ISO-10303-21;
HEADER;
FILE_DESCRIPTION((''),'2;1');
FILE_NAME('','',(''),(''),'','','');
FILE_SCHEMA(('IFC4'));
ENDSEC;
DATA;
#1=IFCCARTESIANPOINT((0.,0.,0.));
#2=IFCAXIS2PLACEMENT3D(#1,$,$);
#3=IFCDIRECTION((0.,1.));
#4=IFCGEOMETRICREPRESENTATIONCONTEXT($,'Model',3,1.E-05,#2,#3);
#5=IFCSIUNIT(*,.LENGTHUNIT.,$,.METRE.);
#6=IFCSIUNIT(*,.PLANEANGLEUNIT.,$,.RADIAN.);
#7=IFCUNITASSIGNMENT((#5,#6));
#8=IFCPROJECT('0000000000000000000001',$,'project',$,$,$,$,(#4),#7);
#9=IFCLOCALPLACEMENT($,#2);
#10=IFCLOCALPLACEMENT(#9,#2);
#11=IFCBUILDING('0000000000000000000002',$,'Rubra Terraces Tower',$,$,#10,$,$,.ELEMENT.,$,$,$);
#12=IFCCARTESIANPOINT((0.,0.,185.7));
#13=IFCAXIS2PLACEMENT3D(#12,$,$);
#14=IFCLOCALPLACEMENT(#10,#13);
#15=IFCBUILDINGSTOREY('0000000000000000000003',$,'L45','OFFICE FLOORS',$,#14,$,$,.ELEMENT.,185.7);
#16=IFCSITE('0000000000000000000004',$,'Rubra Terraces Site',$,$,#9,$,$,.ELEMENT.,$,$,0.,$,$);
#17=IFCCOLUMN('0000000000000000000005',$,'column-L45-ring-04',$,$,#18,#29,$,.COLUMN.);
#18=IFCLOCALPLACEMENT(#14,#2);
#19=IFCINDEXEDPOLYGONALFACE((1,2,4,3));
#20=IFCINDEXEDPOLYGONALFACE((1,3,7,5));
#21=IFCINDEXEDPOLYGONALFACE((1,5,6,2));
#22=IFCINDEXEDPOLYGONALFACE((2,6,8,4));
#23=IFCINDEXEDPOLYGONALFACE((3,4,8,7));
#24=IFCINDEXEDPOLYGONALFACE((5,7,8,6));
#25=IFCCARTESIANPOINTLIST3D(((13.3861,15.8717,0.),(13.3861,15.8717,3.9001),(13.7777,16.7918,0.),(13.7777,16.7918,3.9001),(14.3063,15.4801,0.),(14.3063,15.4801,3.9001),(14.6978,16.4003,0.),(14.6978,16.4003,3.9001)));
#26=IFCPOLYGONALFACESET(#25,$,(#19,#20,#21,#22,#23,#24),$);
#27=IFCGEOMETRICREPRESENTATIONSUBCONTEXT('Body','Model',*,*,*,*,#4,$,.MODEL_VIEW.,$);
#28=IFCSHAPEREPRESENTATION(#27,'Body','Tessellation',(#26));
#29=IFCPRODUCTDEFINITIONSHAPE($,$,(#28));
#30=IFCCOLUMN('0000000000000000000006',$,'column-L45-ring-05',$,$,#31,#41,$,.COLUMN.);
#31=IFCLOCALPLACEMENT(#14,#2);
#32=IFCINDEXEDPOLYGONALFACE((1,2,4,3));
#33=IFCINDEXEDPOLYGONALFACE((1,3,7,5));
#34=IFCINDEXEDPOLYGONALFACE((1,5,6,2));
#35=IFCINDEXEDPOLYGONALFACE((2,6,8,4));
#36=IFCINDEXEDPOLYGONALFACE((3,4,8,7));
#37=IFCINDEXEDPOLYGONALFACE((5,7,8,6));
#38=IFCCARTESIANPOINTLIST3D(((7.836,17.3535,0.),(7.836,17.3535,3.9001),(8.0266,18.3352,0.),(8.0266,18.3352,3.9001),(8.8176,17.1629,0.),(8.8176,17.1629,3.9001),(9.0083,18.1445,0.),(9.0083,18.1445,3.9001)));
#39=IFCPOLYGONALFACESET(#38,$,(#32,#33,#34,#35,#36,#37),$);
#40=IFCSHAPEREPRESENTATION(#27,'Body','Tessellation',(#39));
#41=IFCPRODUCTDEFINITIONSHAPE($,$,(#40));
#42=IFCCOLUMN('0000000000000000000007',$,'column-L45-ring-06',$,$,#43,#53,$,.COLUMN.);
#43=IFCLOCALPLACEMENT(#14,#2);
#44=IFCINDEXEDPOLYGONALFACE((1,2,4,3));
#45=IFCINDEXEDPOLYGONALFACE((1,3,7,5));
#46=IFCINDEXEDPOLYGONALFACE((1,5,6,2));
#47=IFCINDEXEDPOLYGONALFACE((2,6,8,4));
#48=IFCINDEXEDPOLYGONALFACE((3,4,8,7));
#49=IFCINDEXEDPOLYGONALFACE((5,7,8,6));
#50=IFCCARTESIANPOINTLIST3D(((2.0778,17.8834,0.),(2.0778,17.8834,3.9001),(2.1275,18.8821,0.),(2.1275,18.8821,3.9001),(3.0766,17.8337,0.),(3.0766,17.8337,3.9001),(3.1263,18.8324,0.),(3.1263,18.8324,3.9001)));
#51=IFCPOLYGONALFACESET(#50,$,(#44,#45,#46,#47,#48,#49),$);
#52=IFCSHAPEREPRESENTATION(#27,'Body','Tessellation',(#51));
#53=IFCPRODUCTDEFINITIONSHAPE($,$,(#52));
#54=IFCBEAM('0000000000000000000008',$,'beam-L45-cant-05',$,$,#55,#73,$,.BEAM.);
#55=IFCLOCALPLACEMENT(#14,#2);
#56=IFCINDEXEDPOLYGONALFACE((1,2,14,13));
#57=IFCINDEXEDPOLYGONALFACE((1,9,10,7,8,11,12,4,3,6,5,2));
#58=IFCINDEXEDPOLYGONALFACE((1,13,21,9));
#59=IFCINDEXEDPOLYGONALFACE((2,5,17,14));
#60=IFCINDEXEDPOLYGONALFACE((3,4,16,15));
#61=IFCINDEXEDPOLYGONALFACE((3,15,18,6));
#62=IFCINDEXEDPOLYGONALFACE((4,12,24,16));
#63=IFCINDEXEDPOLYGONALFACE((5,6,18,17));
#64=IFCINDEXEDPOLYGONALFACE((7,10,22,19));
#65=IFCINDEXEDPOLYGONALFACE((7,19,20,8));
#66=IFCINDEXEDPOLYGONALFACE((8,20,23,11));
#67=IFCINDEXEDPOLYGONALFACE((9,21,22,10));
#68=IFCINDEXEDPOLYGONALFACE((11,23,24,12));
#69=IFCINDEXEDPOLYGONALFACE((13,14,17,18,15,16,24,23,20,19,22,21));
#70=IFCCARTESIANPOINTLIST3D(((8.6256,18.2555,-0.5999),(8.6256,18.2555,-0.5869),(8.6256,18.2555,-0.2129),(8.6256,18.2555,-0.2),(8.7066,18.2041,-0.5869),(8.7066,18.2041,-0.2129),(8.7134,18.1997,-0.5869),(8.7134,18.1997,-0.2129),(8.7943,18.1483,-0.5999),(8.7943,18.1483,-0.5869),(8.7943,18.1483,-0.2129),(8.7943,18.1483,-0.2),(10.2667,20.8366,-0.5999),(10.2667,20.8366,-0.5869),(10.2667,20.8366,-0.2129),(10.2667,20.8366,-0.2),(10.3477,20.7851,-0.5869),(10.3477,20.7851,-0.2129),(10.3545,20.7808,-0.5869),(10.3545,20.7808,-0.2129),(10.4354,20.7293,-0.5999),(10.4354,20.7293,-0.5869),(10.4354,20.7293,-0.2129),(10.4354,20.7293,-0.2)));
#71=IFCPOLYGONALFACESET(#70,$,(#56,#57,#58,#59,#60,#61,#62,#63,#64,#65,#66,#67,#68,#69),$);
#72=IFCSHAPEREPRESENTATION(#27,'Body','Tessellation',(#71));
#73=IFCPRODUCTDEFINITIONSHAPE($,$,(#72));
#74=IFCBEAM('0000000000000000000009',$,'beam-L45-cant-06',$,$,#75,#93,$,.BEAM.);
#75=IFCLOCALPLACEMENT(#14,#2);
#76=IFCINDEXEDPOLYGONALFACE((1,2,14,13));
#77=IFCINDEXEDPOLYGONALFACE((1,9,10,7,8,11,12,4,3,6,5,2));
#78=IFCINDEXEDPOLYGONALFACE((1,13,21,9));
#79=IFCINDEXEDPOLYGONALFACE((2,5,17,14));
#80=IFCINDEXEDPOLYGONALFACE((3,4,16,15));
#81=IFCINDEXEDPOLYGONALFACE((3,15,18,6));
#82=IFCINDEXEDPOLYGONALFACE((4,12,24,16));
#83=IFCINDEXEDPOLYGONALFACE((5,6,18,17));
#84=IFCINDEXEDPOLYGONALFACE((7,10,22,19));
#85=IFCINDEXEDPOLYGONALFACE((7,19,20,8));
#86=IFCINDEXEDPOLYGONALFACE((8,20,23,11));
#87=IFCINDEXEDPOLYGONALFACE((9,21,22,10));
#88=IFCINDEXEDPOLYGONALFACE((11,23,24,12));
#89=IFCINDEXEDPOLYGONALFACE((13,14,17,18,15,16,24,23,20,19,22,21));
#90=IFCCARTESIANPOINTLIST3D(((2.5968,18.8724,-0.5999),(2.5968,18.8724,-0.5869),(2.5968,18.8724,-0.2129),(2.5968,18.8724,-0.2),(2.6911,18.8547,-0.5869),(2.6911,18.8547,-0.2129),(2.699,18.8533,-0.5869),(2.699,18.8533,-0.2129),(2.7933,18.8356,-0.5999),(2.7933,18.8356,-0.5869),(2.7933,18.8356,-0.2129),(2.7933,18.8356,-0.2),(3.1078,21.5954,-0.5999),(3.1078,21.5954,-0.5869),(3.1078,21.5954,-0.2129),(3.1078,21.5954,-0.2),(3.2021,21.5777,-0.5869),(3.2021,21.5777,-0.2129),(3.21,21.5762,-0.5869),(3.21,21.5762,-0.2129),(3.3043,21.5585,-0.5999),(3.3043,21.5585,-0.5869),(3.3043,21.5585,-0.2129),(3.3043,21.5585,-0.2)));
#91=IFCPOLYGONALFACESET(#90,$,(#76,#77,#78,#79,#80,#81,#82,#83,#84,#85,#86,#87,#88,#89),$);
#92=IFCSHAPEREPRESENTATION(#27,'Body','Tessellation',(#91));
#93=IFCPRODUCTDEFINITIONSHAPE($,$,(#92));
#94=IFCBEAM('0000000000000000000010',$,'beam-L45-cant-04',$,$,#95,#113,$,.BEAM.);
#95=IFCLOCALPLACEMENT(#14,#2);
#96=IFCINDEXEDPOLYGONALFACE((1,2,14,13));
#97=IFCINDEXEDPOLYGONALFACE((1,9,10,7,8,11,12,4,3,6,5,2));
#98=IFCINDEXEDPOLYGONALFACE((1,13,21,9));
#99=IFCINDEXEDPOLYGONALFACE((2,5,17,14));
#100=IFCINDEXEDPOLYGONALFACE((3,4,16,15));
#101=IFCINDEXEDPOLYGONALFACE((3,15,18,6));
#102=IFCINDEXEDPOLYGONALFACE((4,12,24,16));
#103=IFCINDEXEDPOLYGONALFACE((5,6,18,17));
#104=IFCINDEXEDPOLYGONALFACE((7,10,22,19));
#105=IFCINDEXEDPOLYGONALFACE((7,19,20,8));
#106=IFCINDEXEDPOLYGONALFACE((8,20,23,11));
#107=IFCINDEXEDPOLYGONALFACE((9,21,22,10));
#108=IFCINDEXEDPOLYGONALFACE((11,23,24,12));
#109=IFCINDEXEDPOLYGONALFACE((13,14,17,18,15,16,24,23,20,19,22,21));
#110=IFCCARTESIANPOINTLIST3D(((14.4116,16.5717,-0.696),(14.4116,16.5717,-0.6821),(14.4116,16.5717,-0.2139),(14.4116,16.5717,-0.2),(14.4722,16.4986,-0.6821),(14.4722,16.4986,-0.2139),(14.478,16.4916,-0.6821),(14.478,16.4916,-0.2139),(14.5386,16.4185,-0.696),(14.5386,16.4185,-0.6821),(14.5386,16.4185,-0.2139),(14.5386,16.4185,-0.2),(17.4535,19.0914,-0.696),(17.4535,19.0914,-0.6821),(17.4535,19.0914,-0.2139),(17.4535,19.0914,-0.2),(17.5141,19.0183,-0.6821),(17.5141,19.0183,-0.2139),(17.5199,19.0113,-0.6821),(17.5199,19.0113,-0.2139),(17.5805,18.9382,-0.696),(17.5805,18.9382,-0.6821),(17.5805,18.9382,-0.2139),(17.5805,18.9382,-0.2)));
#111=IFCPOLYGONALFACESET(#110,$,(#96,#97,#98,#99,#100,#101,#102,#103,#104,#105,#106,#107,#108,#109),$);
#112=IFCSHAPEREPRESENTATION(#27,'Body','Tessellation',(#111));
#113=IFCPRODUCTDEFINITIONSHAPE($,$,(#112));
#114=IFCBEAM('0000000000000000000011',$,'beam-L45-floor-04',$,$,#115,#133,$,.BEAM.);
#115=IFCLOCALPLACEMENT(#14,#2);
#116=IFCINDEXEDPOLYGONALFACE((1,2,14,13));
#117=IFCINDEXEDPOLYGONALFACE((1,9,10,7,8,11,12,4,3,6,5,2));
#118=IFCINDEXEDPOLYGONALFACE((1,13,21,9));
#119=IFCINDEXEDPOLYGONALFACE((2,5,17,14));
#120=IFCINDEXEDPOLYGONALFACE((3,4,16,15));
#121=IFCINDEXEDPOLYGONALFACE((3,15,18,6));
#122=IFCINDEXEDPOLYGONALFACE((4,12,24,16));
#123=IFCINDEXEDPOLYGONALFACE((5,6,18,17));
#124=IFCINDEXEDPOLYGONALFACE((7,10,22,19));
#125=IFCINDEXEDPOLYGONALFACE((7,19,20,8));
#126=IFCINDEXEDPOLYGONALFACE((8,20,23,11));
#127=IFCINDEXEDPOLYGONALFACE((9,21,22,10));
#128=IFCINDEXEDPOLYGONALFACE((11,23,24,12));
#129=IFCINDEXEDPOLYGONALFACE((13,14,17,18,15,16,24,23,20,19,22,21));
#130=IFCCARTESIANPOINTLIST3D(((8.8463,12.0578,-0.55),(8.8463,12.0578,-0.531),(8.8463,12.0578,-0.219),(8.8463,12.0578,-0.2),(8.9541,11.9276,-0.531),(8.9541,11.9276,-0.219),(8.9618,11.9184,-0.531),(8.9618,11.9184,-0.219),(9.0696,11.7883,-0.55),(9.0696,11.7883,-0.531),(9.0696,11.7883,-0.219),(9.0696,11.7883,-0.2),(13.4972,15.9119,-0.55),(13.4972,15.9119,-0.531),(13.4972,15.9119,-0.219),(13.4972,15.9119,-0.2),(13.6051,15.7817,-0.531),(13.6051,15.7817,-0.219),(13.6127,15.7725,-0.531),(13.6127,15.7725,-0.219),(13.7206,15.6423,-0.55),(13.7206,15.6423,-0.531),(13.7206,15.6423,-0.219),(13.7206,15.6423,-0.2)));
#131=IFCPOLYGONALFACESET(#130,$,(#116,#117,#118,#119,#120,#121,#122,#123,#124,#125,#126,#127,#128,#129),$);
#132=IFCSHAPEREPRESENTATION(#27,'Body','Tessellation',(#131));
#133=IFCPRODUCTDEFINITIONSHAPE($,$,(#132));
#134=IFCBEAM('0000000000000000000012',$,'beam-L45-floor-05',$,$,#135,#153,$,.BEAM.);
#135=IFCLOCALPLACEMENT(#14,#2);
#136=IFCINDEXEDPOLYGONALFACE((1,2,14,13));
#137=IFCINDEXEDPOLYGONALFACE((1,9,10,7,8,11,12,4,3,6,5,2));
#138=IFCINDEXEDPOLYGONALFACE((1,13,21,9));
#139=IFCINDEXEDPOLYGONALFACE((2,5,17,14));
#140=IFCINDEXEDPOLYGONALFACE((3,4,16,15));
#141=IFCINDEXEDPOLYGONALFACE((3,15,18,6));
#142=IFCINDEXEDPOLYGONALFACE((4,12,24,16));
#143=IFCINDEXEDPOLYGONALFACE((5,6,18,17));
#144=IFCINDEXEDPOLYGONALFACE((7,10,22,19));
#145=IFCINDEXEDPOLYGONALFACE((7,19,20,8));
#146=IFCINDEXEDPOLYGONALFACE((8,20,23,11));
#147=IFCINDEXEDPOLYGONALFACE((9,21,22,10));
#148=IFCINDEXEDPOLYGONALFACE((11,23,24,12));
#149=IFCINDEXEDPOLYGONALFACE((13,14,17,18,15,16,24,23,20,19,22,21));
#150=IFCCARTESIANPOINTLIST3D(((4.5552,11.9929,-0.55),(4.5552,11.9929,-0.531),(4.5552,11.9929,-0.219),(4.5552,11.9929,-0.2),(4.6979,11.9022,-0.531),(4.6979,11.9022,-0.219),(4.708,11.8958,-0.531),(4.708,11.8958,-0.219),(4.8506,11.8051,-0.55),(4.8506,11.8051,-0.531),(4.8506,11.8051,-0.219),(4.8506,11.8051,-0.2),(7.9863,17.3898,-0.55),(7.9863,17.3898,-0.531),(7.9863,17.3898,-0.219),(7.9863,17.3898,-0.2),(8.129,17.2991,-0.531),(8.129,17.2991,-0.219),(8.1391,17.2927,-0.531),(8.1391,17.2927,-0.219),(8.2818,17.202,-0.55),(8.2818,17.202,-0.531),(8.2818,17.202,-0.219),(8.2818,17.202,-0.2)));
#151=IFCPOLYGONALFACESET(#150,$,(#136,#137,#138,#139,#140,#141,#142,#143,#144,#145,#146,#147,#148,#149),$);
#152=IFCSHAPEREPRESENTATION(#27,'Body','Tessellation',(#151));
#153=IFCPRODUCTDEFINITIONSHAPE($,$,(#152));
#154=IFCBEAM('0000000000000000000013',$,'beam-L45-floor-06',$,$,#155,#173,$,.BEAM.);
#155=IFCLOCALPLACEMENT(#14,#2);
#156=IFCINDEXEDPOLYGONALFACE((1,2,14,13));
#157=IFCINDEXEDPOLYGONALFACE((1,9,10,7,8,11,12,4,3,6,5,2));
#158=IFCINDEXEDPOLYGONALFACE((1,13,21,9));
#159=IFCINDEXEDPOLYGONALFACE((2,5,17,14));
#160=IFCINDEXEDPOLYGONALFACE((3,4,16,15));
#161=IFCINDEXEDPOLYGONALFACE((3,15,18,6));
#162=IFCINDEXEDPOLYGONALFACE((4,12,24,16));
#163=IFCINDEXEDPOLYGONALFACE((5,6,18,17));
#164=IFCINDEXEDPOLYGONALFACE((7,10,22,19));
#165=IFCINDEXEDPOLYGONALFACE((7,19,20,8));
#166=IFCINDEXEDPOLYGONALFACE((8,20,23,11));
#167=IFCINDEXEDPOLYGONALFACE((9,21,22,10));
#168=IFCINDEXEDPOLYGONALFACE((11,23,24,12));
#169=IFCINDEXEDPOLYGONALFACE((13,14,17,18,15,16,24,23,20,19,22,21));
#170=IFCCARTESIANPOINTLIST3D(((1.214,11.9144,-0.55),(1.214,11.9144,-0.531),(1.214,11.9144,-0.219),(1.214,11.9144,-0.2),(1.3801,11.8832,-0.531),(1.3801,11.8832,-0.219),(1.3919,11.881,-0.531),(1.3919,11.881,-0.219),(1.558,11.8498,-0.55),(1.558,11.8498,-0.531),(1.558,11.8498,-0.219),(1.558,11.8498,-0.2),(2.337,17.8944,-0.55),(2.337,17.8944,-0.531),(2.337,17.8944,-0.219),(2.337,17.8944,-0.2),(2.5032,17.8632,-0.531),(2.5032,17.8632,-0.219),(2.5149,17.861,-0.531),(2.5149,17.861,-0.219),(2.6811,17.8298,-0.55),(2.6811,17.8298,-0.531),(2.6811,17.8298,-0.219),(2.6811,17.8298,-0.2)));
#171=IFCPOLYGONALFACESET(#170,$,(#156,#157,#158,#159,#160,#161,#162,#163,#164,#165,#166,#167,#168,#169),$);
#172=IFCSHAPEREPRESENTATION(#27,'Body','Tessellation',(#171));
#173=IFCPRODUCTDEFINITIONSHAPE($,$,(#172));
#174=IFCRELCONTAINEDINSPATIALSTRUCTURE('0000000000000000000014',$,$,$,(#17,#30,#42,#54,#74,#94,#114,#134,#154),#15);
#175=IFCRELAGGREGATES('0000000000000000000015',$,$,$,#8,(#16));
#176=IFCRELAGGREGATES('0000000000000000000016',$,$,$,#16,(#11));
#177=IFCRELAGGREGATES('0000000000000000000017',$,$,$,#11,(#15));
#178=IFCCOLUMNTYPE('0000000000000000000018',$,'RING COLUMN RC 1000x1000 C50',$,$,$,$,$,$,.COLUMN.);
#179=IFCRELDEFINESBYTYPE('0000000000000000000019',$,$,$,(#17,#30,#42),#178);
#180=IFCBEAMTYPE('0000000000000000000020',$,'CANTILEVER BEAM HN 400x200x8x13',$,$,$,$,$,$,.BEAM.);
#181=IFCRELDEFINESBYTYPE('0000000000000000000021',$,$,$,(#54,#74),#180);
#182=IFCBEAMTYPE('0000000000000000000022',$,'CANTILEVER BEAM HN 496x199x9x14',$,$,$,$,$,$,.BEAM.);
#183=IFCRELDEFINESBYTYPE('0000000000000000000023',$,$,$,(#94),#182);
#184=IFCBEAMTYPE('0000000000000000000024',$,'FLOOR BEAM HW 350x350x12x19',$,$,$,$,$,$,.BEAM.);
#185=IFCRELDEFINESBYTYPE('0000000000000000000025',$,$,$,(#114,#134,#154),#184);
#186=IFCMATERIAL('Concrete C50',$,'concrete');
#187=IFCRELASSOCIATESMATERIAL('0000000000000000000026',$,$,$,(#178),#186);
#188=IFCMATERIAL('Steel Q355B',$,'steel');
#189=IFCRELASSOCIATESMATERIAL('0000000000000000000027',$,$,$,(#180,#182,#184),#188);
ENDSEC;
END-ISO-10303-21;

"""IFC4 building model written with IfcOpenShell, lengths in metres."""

from ifc_helpers import new_model, si_unit, direction, frame, origin, origin_2d, place, context, subcontext, project, spatial, rectangle, i_section, extrude, material, material_profile, profile_set, type_object, element, save


model = new_model("IFC4")

# Units and contexts
model_context = context("Model", 3, precision=1e-05, world=origin(), true_north=direction((0.0, 1.0)))
body_context = subcontext(model_context, "Body", "Model", "MODEL_VIEW")
ifc_project = project(units=[si_unit("LENGTHUNIT", "METRE"), si_unit("PLANEANGLEUNIT", "RADIAN")], contexts=[model_context])

# Site, building, storey
site_placement = place(None, origin())
site = spatial("IfcSite", under=ifc_project, at=site_placement, Name="Rubra Terraces Site", CompositionType="ELEMENT", RefElevation=0.0)
building_placement = place(site_placement, origin())
building = spatial("IfcBuilding", under=site, at=building_placement, Name="Rubra Terraces Tower", CompositionType="ELEMENT")
storey_placement = place(building_placement, frame((0.0, 0.0, 185.7)))
storey = spatial("IfcBuildingStorey", under=building, at=storey_placement, Name="L45", Description="OFFICE FLOORS", CompositionType="ELEMENT", Elevation=185.7)

# Columns
ifc_material_1 = material(Name="Concrete C50", Category="concrete")
ifc_material_profile_1 = material_profile(ifc_material_1, rectangle(XDim=1.0, YDim=1.0, at=origin_2d()), Name="RC 1000x1000")
ifc_profile_set_1 = profile_set([ifc_material_profile_1], Name="Concrete C50")
column_type = type_object("IfcColumnType", Name="RING COLUMN RC 1000x1000 C50", PredefinedType="COLUMN", material=ifc_profile_set_1)
for number, where, z_axis, x_axis, name in (
    (1, (14.042, 16.136, 0.0), (0.0, 0.0, 1.0), (-0.920168, 0.391524, 0.0), "column-L45-ring-04"),
    (2, (8.4221, 17.749, 0.0), (0.0, 0.0, 1.0), (-0.981655, 0.190668, 0.0), "column-L45-ring-05"),
    (3, (2.6021, 18.3579, 0.0), (0.0, 0.0, 1.0), (-0.998764, 0.049699, 0.0), "column-L45-ring-06"),
):
    element("IfcColumn", number, at=place(storey_placement, frame(where, z_axis=z_axis, x_axis=x_axis)), inside=storey, type_object=column_type, Name=name, PredefinedType="COLUMN", context=body_context, shape_type="SweptSolid", body=[
        extrude(rectangle(XDim=1.0, YDim=1.0, at=origin_2d()), origin(), (0.0, 0.0, 1.0), 3.9001),
    ])

# Beams
ifc_material_2 = material(Name="Steel Q355B", Category="steel")
ifc_material_profile_2 = material_profile(ifc_material_2, i_section(OverallWidth=0.2, OverallDepth=0.3999, WebThickness=0.0081, FlangeThickness=0.0129, at=origin_2d()), Name="HN 400x200x8x13")
ifc_profile_set_2 = profile_set([ifc_material_profile_2], Name="Steel Q355B")
beam_type_1 = type_object("IfcBeamType", Name="CANTILEVER BEAM HN 400x200x8x13", PredefinedType="BEAM", material=ifc_profile_set_2)
beam_1_placement = place(storey_placement, frame((8.71, 18.2019, -0.3999), z_axis=(0.536555, 0.843865, 0.0), x_axis=(-0.843865, 0.536555, 0.0)))
element("IfcBeam", 4, at=beam_1_placement, inside=storey, type_object=beam_type_1, Name="beam-L45-cant-05", PredefinedType="BEAM", context=body_context, shape_type="SweptSolid", body=[
    extrude(i_section(OverallWidth=0.2, OverallDepth=0.3999, WebThickness=0.0081, FlangeThickness=0.0129, at=origin_2d()), origin(), (0.0, 0.0, 1.0), 3.0586),
])
beam_2_placement = place(storey_placement, frame((2.6951, 18.854, -0.3999), z_axis=(0.184443, 0.982843, 0.0), x_axis=(-0.982843, 0.184443, 0.0)))
element("IfcBeam", 5, at=beam_2_placement, inside=storey, type_object=beam_type_1, Name="beam-L45-cant-06", PredefinedType="BEAM", context=body_context, shape_type="SweptSolid", body=[
    extrude(i_section(OverallWidth=0.2, OverallDepth=0.3999, WebThickness=0.0081, FlangeThickness=0.0129, at=origin_2d()), origin(), (0.0, 0.0, 1.0), 2.7705),
])
ifc_material_profile_3 = material_profile(ifc_material_2, i_section(OverallWidth=0.199, OverallDepth=0.4961, WebThickness=0.009, FlangeThickness=0.0139, at=origin_2d()), Name="HN 496x199x9x14")
ifc_profile_set_3 = profile_set([ifc_material_profile_3], Name="Steel Q355B")
beam_type_2 = type_object("IfcBeamType", Name="CANTILEVER BEAM HN 496x199x9x14", PredefinedType="BEAM", material=ifc_profile_set_3)
beam_3_placement = place(storey_placement, frame((14.4751, 16.4951, -0.448), z_axis=(0.770113, 0.637908, 0.0), x_axis=(-0.637908, 0.770113, 0.0)))
element("IfcBeam", 6, at=beam_3_placement, inside=storey, type_object=beam_type_2, Name="beam-L45-cant-04", PredefinedType="BEAM", context=body_context, shape_type="SweptSolid", body=[
    extrude(i_section(OverallWidth=0.199, OverallDepth=0.4961, WebThickness=0.009, FlangeThickness=0.0139, at=origin_2d()), origin(), (0.0, 0.0, 1.0), 3.95),
])
ifc_material_profile_4 = material_profile(ifc_material_2, i_section(OverallWidth=0.3501, OverallDepth=0.3501, WebThickness=0.012, FlangeThickness=0.019, at=origin_2d()), Name="HW 350x350x12x19")
ifc_profile_set_4 = profile_set([ifc_material_profile_4], Name="Steel Q355B")
beam_type_3 = type_object("IfcBeamType", Name="FLOOR BEAM HW 350x350x12x19", PredefinedType="BEAM", material=ifc_profile_set_4)
beam_4_placement = place(storey_placement, frame((13.6089, 15.7771, -0.375), z_axis=(-0.769988, -0.638059, 0.0), x_axis=(0.638059, -0.769988, 0.0)))
element("IfcBeam", 7, at=beam_4_placement, inside=storey, type_object=beam_type_3, Name="beam-L45-floor-04", PredefinedType="BEAM", context=body_context, shape_type="SweptSolid", body=[
    extrude(i_section(OverallWidth=0.3501, OverallDepth=0.3501, WebThickness=0.012, FlangeThickness=0.019, at=origin_2d()), origin(), (0.0, 0.0, 1.0), 6.0403),
])
beam_5_placement = place(storey_placement, frame((8.134, 17.2959, -0.375), z_axis=(-0.53651, -0.843894, 0.0), x_axis=(0.843894, -0.53651, 0.0)))
element("IfcBeam", 8, at=beam_5_placement, inside=storey, type_object=beam_type_3, Name="beam-L45-floor-05", PredefinedType="BEAM", context=body_context, shape_type="SweptSolid", body=[
    extrude(i_section(OverallWidth=0.3501, OverallDepth=0.3501, WebThickness=0.012, FlangeThickness=0.019, at=origin_2d()), origin(), (0.0, 0.0, 1.0), 6.3953),
])
beam_6_placement = place(storey_placement, frame((2.509, 17.8621, -0.375), z_axis=(-0.184574, -0.982819, 0.0), x_axis=(0.982819, -0.184574, 0.0)))
element("IfcBeam", 9, at=beam_6_placement, inside=storey, type_object=beam_type_3, Name="beam-L45-floor-06", PredefinedType="BEAM", context=body_context, shape_type="SweptSolid", body=[
    extrude(i_section(OverallWidth=0.3501, OverallDepth=0.3501, WebThickness=0.012, FlangeThickness=0.019, at=origin_2d()), origin(), (0.0, 0.0, 1.0), 6.0845),
])

save(model, "model.ifc")
